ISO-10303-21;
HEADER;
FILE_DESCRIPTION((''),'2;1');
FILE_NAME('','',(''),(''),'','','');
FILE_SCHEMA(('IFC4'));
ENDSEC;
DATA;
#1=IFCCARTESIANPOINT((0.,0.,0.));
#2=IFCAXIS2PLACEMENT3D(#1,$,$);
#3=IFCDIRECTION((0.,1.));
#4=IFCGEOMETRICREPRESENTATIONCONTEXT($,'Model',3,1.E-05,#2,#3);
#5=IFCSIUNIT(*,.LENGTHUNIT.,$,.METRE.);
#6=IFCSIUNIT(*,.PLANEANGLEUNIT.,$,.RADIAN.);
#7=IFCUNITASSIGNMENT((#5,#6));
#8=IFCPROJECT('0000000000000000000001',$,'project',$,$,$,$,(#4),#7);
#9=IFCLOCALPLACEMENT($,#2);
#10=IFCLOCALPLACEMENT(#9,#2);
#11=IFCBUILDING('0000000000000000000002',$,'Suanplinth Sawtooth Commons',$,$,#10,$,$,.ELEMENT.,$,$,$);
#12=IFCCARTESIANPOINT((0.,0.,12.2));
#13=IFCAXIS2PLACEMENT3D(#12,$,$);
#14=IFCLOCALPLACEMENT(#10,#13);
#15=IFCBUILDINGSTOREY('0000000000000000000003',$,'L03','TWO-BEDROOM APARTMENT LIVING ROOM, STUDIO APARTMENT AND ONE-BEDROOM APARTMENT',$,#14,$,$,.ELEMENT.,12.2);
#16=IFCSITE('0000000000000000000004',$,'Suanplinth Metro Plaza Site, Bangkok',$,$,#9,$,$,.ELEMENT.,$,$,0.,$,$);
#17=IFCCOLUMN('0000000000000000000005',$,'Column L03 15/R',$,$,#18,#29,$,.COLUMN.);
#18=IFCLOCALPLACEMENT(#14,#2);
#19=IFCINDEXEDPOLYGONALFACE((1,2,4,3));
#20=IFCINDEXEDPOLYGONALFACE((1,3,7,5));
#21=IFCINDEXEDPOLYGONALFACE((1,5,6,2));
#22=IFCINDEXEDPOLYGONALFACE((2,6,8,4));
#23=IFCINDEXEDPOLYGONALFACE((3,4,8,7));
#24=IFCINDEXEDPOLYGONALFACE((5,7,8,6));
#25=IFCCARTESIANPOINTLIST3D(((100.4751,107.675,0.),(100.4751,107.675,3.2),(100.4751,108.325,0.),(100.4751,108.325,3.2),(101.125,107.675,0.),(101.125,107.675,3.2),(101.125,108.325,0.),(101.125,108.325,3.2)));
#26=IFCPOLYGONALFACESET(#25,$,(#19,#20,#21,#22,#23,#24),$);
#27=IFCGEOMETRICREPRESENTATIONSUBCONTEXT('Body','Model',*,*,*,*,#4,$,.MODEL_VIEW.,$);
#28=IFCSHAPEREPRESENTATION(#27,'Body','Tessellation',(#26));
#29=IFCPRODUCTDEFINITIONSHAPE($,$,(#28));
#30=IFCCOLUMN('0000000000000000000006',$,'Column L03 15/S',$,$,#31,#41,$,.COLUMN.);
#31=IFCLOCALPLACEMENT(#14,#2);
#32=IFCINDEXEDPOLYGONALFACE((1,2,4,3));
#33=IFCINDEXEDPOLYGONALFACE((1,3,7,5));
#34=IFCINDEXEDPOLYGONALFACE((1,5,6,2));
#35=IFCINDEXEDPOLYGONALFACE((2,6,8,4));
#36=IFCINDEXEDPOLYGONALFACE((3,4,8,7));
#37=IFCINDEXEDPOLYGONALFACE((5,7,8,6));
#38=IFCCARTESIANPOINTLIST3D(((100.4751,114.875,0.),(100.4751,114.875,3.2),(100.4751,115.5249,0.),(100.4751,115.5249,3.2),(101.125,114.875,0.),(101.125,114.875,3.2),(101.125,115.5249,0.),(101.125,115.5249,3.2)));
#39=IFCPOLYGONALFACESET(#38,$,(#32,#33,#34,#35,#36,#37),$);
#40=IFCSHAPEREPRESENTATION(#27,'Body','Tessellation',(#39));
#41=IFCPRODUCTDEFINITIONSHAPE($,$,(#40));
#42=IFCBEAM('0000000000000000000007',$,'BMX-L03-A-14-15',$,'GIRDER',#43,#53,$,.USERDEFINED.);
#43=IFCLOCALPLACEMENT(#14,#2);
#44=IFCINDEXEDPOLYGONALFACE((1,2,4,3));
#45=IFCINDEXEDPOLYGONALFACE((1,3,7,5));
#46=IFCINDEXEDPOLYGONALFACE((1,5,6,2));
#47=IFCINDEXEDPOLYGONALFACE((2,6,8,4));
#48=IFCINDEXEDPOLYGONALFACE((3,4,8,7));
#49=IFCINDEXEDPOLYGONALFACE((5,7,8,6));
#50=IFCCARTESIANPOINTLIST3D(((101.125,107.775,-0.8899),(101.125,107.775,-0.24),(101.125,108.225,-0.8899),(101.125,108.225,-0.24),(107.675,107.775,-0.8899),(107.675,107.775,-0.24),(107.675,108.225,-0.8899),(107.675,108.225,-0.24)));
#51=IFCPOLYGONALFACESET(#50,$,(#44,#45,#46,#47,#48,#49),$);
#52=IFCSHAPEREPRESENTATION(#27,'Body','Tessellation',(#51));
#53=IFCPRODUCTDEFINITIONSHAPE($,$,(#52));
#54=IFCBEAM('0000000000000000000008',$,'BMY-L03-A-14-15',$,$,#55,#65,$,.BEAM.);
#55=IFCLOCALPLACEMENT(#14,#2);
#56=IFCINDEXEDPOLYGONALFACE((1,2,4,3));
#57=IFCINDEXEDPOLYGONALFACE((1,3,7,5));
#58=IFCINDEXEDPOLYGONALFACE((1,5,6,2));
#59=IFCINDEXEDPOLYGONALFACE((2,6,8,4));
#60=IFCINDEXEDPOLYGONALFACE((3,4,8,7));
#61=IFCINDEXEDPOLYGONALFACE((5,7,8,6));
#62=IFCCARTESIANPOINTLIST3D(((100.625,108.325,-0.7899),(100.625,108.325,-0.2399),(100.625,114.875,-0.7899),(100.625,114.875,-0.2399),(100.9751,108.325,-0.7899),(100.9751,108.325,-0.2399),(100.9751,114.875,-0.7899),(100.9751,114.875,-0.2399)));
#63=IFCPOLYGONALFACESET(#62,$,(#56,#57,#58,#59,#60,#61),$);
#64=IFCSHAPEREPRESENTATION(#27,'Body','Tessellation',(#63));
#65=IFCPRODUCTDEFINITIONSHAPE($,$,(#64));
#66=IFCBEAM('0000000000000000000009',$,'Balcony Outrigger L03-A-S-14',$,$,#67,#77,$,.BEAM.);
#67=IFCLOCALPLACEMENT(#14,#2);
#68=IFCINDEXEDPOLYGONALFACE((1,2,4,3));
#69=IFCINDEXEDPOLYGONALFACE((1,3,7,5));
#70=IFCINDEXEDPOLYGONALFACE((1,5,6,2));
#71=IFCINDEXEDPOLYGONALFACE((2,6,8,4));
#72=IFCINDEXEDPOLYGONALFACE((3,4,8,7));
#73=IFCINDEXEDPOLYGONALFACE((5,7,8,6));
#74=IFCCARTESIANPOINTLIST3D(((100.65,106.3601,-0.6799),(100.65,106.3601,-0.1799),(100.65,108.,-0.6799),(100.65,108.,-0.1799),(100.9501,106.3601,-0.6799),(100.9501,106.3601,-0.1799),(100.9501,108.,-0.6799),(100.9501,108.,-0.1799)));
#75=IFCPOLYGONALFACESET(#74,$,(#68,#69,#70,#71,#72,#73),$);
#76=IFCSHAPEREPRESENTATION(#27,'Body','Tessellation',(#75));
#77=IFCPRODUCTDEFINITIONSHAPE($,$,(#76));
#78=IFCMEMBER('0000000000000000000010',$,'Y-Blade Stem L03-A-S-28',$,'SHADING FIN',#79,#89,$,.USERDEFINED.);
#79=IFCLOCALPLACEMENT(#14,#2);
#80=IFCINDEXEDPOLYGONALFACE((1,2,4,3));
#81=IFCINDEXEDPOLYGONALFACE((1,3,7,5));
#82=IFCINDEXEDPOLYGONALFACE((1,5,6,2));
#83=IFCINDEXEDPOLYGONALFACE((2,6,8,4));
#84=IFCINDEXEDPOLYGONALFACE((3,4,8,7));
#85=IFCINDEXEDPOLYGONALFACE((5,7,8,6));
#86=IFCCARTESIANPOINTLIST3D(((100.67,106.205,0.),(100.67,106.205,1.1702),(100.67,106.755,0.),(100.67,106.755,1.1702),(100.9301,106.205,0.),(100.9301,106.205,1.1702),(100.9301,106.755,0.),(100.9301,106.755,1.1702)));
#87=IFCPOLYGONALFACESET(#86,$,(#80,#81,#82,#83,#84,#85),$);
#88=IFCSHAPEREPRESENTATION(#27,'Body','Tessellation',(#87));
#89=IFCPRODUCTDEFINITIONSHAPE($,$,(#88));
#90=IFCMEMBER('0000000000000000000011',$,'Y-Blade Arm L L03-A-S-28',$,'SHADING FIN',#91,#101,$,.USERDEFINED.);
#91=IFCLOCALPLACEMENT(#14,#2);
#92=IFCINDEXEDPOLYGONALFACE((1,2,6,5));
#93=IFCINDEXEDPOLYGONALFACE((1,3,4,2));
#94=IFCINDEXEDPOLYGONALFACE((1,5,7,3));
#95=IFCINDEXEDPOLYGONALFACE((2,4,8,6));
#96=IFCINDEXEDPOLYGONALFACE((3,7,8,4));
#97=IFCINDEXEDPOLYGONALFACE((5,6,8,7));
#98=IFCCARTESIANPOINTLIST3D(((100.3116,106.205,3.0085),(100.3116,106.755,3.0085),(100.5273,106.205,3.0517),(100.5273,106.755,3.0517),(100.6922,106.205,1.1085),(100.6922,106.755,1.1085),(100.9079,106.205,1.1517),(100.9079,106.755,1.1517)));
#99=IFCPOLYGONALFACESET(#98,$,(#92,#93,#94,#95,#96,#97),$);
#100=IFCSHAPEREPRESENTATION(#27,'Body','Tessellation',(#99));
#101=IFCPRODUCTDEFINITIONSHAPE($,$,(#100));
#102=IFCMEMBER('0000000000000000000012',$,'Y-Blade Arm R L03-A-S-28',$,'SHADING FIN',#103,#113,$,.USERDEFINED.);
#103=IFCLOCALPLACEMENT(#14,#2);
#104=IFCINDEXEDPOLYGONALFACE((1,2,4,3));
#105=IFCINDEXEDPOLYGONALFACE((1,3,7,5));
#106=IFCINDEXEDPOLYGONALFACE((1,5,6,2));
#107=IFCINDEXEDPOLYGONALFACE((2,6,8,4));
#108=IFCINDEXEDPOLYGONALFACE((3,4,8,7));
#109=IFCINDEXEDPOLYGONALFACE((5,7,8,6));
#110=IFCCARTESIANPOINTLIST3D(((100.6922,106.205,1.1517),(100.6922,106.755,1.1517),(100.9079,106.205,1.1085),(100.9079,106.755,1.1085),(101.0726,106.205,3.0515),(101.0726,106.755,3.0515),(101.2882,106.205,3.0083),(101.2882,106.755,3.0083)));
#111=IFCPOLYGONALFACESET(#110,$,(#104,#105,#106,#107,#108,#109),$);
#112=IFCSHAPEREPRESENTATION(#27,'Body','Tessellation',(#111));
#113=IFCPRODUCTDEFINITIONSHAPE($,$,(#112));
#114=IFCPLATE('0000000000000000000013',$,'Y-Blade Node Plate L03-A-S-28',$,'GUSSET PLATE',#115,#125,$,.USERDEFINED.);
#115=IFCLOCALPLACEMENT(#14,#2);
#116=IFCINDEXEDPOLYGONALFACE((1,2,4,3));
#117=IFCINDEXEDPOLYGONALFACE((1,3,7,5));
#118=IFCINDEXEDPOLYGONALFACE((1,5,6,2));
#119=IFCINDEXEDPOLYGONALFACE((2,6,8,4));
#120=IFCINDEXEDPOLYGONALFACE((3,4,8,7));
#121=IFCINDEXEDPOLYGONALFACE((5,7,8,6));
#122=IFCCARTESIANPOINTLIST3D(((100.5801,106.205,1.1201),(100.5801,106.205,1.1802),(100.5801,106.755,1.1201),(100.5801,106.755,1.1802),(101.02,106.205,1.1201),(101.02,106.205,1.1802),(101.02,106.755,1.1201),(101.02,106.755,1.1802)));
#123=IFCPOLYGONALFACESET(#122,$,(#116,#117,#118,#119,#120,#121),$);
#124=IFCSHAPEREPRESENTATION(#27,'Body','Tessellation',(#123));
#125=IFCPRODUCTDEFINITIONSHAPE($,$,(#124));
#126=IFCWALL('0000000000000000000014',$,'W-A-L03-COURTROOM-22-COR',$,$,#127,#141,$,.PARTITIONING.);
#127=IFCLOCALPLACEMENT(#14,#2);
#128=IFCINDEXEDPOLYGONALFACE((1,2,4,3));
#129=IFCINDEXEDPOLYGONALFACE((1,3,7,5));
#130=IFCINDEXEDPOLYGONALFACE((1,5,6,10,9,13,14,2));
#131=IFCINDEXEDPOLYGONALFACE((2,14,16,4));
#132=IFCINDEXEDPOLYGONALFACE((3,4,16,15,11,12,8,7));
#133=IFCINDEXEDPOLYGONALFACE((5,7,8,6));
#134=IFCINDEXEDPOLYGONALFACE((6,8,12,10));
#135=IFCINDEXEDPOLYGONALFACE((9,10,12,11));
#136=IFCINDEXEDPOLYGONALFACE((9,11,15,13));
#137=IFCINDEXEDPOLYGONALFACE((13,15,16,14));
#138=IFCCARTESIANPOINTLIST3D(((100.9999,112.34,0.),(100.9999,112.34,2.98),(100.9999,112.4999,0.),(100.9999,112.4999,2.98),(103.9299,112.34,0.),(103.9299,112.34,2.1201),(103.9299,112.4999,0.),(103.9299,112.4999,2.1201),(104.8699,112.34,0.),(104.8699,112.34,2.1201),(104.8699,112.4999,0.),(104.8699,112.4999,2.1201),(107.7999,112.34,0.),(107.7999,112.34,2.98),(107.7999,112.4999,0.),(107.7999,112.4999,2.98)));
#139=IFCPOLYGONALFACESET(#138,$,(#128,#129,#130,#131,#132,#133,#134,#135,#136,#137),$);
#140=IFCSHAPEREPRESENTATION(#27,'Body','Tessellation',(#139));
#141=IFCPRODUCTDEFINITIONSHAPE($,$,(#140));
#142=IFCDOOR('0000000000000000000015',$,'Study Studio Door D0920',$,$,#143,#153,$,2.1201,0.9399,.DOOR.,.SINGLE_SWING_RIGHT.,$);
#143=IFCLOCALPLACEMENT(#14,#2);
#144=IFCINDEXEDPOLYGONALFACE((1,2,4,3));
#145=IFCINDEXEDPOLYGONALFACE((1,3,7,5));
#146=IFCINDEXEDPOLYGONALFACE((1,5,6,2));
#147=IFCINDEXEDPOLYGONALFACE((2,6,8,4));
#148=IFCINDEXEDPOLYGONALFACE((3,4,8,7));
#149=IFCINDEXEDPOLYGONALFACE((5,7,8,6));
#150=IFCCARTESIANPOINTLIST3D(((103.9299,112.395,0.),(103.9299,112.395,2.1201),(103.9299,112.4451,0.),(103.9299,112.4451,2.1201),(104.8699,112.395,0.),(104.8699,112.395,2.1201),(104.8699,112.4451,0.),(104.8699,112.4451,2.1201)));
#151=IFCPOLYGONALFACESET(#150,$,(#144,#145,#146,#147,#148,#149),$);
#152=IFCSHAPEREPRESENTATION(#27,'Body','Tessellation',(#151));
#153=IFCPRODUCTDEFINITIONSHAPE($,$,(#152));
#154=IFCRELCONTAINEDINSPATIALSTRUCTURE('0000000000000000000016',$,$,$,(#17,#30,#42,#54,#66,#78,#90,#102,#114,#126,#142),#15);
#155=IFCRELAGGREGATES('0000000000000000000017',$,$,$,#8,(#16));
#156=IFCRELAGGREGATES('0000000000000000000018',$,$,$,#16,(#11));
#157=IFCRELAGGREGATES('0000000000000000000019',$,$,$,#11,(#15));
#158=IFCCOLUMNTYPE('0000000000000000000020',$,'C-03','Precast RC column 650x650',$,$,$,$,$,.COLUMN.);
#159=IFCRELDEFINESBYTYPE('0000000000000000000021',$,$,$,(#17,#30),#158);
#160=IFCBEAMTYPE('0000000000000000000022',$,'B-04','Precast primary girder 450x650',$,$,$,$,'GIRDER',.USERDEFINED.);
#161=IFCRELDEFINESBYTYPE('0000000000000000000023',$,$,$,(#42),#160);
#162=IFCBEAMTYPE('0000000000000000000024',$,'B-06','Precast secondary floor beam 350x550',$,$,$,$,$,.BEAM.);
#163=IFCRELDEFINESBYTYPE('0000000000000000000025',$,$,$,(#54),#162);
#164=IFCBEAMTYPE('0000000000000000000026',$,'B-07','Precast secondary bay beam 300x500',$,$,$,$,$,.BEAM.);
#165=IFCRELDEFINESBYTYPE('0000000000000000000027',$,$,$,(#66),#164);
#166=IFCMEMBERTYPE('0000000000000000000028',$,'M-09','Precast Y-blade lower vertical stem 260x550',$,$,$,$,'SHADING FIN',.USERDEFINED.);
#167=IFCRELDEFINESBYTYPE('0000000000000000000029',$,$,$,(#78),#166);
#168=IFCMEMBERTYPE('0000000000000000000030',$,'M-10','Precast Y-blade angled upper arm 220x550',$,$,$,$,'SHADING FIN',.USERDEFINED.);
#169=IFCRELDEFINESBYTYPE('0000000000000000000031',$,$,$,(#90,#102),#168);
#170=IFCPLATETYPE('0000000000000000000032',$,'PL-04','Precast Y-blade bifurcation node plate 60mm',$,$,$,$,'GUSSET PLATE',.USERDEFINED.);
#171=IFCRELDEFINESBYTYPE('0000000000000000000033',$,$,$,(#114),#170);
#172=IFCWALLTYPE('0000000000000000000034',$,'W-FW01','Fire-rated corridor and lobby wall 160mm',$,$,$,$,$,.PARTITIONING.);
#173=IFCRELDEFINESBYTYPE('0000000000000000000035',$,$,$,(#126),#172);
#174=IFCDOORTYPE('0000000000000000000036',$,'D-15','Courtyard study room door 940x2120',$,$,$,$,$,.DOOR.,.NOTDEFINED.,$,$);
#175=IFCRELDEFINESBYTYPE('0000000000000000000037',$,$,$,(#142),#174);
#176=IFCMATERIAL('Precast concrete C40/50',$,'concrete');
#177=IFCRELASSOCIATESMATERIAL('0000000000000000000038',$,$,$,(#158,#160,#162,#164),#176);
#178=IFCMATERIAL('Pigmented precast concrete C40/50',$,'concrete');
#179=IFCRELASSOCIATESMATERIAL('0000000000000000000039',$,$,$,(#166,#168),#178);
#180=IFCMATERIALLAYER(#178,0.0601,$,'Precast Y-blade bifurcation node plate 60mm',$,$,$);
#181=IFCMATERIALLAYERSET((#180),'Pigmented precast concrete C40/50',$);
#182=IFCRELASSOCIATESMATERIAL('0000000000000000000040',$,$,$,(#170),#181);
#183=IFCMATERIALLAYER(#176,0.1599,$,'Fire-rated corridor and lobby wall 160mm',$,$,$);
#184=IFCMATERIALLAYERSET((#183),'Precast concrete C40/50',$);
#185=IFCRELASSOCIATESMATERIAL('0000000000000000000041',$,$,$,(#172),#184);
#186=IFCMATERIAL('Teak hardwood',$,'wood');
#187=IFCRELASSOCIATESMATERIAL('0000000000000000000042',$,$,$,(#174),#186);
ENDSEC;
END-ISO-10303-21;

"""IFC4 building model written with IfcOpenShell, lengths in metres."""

from ifc_helpers import new_model, si_unit, direction, frame, frame_2d, origin, origin_2d, place, context, subcontext, project, spatial, rectangle, extrude, material, layer, layer_set, material_profile, profile_set, type_object, element, fill, save


model = new_model("IFC4")

# Units and contexts
model_context = context("Model", 3, precision=1e-05, world=origin(), true_north=direction((0.0, 1.0)))
body_context = subcontext(model_context, "Body", "Model", "MODEL_VIEW")
ifc_project = project(units=[si_unit("LENGTHUNIT", "METRE"), si_unit("PLANEANGLEUNIT", "RADIAN")], contexts=[model_context])

# Site, building, storey
site_placement = place(None, origin())
site = spatial("IfcSite", under=ifc_project, at=site_placement, Name="Suanplinth Metro Plaza Site, Bangkok", CompositionType="ELEMENT", RefElevation=0.0)
building_placement = place(site_placement, origin())
building = spatial("IfcBuilding", under=site, at=building_placement, Name="Suanplinth Sawtooth Commons", CompositionType="ELEMENT")
storey_placement = place(building_placement, frame((0.0, 0.0, 12.2)))
storey = spatial("IfcBuildingStorey", under=building, at=storey_placement, Name="L03", Description="TWO-BEDROOM APARTMENT LIVING ROOM, STUDIO APARTMENT AND ONE-BEDROOM APARTMENT", CompositionType="ELEMENT", Elevation=12.2)

# Columns
ifc_material_1 = material(Name="Precast concrete C40/50", Category="concrete")
ifc_material_profile_1 = material_profile(ifc_material_1, rectangle(XDim=0.6499, YDim=0.6499, at=origin_2d()), Name="PC-COL 650x650")
ifc_profile_set_1 = profile_set([ifc_material_profile_1], Name="Precast concrete C40/50")
column_type = type_object("IfcColumnType", Name="C-03", Description="Precast RC column 650x650", PredefinedType="COLUMN", material=ifc_profile_set_1)
for number, where, z_axis, x_axis, name in (
    (1, (100.8, 108.0, 0.0), (0.0, 0.0, 1.0), (1.0, 0.0, 0.0), "Column L03 15/R"),
    (2, (100.8, 115.2, 0.0), (0.0, 0.0, 1.0), (1.0, 0.0, 0.0), "Column L03 15/S"),
):
    element("IfcColumn", number, at=place(storey_placement, frame(where, z_axis=z_axis, x_axis=x_axis)), inside=storey, type_object=column_type, Name=name, PredefinedType="COLUMN", context=body_context, shape_type="SweptSolid", body=[
        extrude(rectangle(XDim=0.6499, YDim=0.6499, at=origin_2d()), origin(), (0.0, 0.0, 1.0), 3.2),
    ])

# Beams
ifc_material_profile_2 = material_profile(ifc_material_1, rectangle(XDim=0.45, YDim=0.6499, at=origin_2d()), Name="PC-GDR 450x650")
ifc_profile_set_2 = profile_set([ifc_material_profile_2], Name="Precast concrete C40/50")
beam_type_1 = type_object("IfcBeamType", Name="B-04", Description="Precast primary girder 450x650", ElementType="GIRDER", PredefinedType="USERDEFINED", material=ifc_profile_set_2)
beam_1_placement = place(storey_placement, frame((101.125, 108.0, -0.5649), z_axis=(1.0, 0.0, 0.0), x_axis=(0.0, 1.0, 0.0)))
element("IfcBeam", 3, at=beam_1_placement, inside=storey, type_object=beam_type_1, Name="BMX-L03-A-14-15", ObjectType="GIRDER", PredefinedType="USERDEFINED", context=body_context, shape_type="SweptSolid", body=[
    extrude(rectangle(XDim=0.45, YDim=0.6499, at=origin_2d()), origin(), (0.0, 0.0, 1.0), 6.55),
])
ifc_material_profile_3 = material_profile(ifc_material_1, rectangle(XDim=0.3501, YDim=0.55, at=origin_2d()), Name="PC-BM 350x550")
ifc_profile_set_3 = profile_set([ifc_material_profile_3], Name="Precast concrete C40/50")
beam_type_2 = type_object("IfcBeamType", Name="B-06", Description="Precast secondary floor beam 350x550", PredefinedType="BEAM", material=ifc_profile_set_3)
beam_2_placement = place(storey_placement, frame((100.8, 108.325, -0.5149), z_axis=(0.0, 1.0, 0.0), x_axis=(-1.0, 0.0, 0.0)))
element("IfcBeam", 4, at=beam_2_placement, inside=storey, type_object=beam_type_2, Name="BMY-L03-A-14-15", PredefinedType="BEAM", context=body_context, shape_type="SweptSolid", body=[
    extrude(rectangle(XDim=0.3501, YDim=0.55, at=origin_2d()), origin(), (0.0, 0.0, 1.0), 6.55),
])
ifc_material_profile_4 = material_profile(ifc_material_1, rectangle(XDim=0.3, YDim=0.5, at=origin_2d()), Name="PC-BM 300x500")
ifc_profile_set_4 = profile_set([ifc_material_profile_4], Name="Precast concrete C40/50")
beam_type_3 = type_object("IfcBeamType", Name="B-07", Description="Precast secondary bay beam 300x500", PredefinedType="BEAM", material=ifc_profile_set_4)
beam_3_placement = place(storey_placement, frame((100.8, 108.0, -0.4299), z_axis=(0.0, -1.0, 0.0), x_axis=(1.0, 0.0, 0.0)))
element("IfcBeam", 5, at=beam_3_placement, inside=storey, type_object=beam_type_3, Name="Balcony Outrigger L03-A-S-14", PredefinedType="BEAM", context=body_context, shape_type="SweptSolid", body=[
    extrude(rectangle(XDim=0.3, YDim=0.5, at=origin_2d()), origin(), (0.0, 0.0, 1.0), 1.6399),
])

# Members
ifc_material_2 = material(Name="Pigmented precast concrete C40/50", Category="concrete")
ifc_material_profile_5 = material_profile(ifc_material_2, rectangle(XDim=0.26, YDim=0.55, at=origin_2d()), Name="PC-FIN 260x550")
ifc_profile_set_5 = profile_set([ifc_material_profile_5], Name="Pigmented precast concrete C40/50")
member_type_1 = type_object("IfcMemberType", Name="M-09", Description="Precast Y-blade lower vertical stem 260x550", ElementType="SHADING FIN", PredefinedType="USERDEFINED", material=ifc_profile_set_5)
member_1_placement = place(storey_placement, frame((100.8, 106.48, 0.0), z_axis=(0.0, 0.0, 1.0), x_axis=(1.0, 0.0, 0.0)))
element("IfcMember", 6, at=member_1_placement, inside=storey, type_object=member_type_1, Name="Y-Blade Stem L03-A-S-28", ObjectType="SHADING FIN", PredefinedType="USERDEFINED", context=body_context, shape_type="SweptSolid", body=[
    extrude(rectangle(XDim=0.26, YDim=0.55, at=origin_2d()), origin(), (0.0, 0.0, 1.0), 1.1702),
])
ifc_material_profile_6 = material_profile(ifc_material_2, rectangle(XDim=0.22, YDim=0.55, at=origin_2d()), Name="PC-FIN 220x550")
ifc_profile_set_6 = profile_set([ifc_material_profile_6], Name="Pigmented precast concrete C40/50")
member_type_2 = type_object("IfcMemberType", Name="M-10", Description="Precast Y-blade angled upper arm 220x550", ElementType="SHADING FIN", PredefinedType="USERDEFINED", material=ifc_profile_set_6)
member_2_placement = place(storey_placement, frame((100.8, 106.48, 1.1301), z_axis=(-0.196431, 0.0, 0.980518), x_axis=(0.980518, 0.0, 0.196431)))
element("IfcMember", 7, at=member_2_placement, inside=storey, type_object=member_type_2, Name="Y-Blade Arm L L03-A-S-28", ObjectType="SHADING FIN", PredefinedType="USERDEFINED", context=body_context, shape_type="SweptSolid", body=[
    extrude(rectangle(XDim=0.22, YDim=0.55, at=origin_2d()), origin(), (0.0, 0.0, 1.0), 1.9377),
])
member_3_placement = place(storey_placement, frame((100.8, 106.48, 1.1301), z_axis=(0.19631, 0.0, 0.980542), x_axis=(-0.980542, 0.0, 0.19631)))
element("IfcMember", 8, at=member_3_placement, inside=storey, type_object=member_type_2, Name="Y-Blade Arm R L03-A-S-28", ObjectType="SHADING FIN", PredefinedType="USERDEFINED", context=body_context, shape_type="SweptSolid", body=[
    extrude(rectangle(XDim=0.22, YDim=0.55, at=origin_2d()), origin(), (0.0, 0.0, 1.0), 1.9375),
])

# Plate
ifc_layer_1 = layer(ifc_material_2, 0.0601, Name="Precast Y-blade bifurcation node plate 60mm")
ifc_layer_set_1 = layer_set([ifc_layer_1], Name="Pigmented precast concrete C40/50")
plate_type = type_object("IfcPlateType", Name="PL-04", Description="Precast Y-blade bifurcation node plate 60mm", ElementType="GUSSET PLATE", PredefinedType="USERDEFINED", material=ifc_layer_set_1)
plate_placement = place(storey_placement, frame((100.8, 106.48, 1.1201), z_axis=(0.0, 0.0, 1.0), x_axis=(1.0, 0.0, 0.0)))
element("IfcPlate", 9, at=plate_placement, inside=storey, type_object=plate_type, Name="Y-Blade Node Plate L03-A-S-28", ObjectType="GUSSET PLATE", PredefinedType="USERDEFINED", context=body_context, shape_type="SweptSolid", body=[
    extrude(rectangle(XDim=0.4399, YDim=0.55, at=origin_2d()), origin(), (0.0, 0.0, 1.0), 0.0601),
])

# Wall, opening, door
ifc_layer_2 = layer(ifc_material_1, 0.1599, Name="Fire-rated corridor and lobby wall 160mm")
ifc_layer_set_2 = layer_set([ifc_layer_2], Name="Precast concrete C40/50")
wall_type_1 = type_object("IfcWallType", Name="W-FW01", Description="Fire-rated corridor and lobby wall 160mm", PredefinedType="PARTITIONING", material=ifc_layer_set_2)
wall_1_placement = place(storey_placement, frame((101.0, 112.4199, 0.0), z_axis=(0.0, 0.0, 1.0), x_axis=(1.0, 0.0, 0.0)))
wall_1 = element("IfcWall", 10, at=wall_1_placement, inside=storey, type_object=wall_type_1, Name="W-A-L03-COURTROOM-22-COR", PredefinedType="PARTITIONING", context=body_context, shape_type="SweptSolid", body=[
    extrude(rectangle(XDim=6.8, YDim=0.1599, at=frame_2d((3.3999, 0.0))), origin(), (0.0, 0.0, 1.0), 2.98),
])
opening_1_placement = place(wall_1_placement, frame((2.9299, 0.0, 0.0)))
opening_1 = element("IfcOpeningElement", 11, at=opening_1_placement, cuts=wall_1, PredefinedType="OPENING", context=body_context, shape_type="SweptSolid", body=[
    extrude(rectangle(XDim=0.9399, YDim=2.1201, at=frame_2d((0.47, 1.0601))), frame((0.0, 0.0947, 0.0), z_axis=(0.0, -1.0, 0.0), x_axis=(1.0, 0.0, 0.0)), (0.0, 0.0, 1.0), 0.1897),
])
ifc_material_3 = material(Name="Teak hardwood", Category="wood")
door_type_1 = type_object("IfcDoorType", Name="D-15", Description="Courtyard study room door 940x2120", OperationType="NOTDEFINED", PredefinedType="DOOR", material=ifc_material_3)
door_1_placement = place(opening_1_placement, frame((0.9399, 0.0, 0.0), z_axis=(0.0, 0.0, 1.0), x_axis=(-1.0, 0.0, 0.0)))
door_1 = element("IfcDoor", 12, at=door_1_placement, inside=storey, type_object=door_type_1, Name="Study Studio Door D0920", OperationType="SINGLE_SWING_RIGHT", OverallHeight=2.1201, OverallWidth=0.9399, PredefinedType="DOOR", context=body_context, shape_type="SweptSolid", body=[
    extrude(rectangle(XDim=0.9399, YDim=2.1201, at=frame_2d((0.47, 1.0601))), frame((0.0, 0.0249, 0.0), z_axis=(0.0, -1.0, 0.0), x_axis=(1.0, 0.0, 0.0)), (0.0, 0.0, 1.0), 0.05),
])
fill(opening_1, door_1)

save(model, "model.ifc")
